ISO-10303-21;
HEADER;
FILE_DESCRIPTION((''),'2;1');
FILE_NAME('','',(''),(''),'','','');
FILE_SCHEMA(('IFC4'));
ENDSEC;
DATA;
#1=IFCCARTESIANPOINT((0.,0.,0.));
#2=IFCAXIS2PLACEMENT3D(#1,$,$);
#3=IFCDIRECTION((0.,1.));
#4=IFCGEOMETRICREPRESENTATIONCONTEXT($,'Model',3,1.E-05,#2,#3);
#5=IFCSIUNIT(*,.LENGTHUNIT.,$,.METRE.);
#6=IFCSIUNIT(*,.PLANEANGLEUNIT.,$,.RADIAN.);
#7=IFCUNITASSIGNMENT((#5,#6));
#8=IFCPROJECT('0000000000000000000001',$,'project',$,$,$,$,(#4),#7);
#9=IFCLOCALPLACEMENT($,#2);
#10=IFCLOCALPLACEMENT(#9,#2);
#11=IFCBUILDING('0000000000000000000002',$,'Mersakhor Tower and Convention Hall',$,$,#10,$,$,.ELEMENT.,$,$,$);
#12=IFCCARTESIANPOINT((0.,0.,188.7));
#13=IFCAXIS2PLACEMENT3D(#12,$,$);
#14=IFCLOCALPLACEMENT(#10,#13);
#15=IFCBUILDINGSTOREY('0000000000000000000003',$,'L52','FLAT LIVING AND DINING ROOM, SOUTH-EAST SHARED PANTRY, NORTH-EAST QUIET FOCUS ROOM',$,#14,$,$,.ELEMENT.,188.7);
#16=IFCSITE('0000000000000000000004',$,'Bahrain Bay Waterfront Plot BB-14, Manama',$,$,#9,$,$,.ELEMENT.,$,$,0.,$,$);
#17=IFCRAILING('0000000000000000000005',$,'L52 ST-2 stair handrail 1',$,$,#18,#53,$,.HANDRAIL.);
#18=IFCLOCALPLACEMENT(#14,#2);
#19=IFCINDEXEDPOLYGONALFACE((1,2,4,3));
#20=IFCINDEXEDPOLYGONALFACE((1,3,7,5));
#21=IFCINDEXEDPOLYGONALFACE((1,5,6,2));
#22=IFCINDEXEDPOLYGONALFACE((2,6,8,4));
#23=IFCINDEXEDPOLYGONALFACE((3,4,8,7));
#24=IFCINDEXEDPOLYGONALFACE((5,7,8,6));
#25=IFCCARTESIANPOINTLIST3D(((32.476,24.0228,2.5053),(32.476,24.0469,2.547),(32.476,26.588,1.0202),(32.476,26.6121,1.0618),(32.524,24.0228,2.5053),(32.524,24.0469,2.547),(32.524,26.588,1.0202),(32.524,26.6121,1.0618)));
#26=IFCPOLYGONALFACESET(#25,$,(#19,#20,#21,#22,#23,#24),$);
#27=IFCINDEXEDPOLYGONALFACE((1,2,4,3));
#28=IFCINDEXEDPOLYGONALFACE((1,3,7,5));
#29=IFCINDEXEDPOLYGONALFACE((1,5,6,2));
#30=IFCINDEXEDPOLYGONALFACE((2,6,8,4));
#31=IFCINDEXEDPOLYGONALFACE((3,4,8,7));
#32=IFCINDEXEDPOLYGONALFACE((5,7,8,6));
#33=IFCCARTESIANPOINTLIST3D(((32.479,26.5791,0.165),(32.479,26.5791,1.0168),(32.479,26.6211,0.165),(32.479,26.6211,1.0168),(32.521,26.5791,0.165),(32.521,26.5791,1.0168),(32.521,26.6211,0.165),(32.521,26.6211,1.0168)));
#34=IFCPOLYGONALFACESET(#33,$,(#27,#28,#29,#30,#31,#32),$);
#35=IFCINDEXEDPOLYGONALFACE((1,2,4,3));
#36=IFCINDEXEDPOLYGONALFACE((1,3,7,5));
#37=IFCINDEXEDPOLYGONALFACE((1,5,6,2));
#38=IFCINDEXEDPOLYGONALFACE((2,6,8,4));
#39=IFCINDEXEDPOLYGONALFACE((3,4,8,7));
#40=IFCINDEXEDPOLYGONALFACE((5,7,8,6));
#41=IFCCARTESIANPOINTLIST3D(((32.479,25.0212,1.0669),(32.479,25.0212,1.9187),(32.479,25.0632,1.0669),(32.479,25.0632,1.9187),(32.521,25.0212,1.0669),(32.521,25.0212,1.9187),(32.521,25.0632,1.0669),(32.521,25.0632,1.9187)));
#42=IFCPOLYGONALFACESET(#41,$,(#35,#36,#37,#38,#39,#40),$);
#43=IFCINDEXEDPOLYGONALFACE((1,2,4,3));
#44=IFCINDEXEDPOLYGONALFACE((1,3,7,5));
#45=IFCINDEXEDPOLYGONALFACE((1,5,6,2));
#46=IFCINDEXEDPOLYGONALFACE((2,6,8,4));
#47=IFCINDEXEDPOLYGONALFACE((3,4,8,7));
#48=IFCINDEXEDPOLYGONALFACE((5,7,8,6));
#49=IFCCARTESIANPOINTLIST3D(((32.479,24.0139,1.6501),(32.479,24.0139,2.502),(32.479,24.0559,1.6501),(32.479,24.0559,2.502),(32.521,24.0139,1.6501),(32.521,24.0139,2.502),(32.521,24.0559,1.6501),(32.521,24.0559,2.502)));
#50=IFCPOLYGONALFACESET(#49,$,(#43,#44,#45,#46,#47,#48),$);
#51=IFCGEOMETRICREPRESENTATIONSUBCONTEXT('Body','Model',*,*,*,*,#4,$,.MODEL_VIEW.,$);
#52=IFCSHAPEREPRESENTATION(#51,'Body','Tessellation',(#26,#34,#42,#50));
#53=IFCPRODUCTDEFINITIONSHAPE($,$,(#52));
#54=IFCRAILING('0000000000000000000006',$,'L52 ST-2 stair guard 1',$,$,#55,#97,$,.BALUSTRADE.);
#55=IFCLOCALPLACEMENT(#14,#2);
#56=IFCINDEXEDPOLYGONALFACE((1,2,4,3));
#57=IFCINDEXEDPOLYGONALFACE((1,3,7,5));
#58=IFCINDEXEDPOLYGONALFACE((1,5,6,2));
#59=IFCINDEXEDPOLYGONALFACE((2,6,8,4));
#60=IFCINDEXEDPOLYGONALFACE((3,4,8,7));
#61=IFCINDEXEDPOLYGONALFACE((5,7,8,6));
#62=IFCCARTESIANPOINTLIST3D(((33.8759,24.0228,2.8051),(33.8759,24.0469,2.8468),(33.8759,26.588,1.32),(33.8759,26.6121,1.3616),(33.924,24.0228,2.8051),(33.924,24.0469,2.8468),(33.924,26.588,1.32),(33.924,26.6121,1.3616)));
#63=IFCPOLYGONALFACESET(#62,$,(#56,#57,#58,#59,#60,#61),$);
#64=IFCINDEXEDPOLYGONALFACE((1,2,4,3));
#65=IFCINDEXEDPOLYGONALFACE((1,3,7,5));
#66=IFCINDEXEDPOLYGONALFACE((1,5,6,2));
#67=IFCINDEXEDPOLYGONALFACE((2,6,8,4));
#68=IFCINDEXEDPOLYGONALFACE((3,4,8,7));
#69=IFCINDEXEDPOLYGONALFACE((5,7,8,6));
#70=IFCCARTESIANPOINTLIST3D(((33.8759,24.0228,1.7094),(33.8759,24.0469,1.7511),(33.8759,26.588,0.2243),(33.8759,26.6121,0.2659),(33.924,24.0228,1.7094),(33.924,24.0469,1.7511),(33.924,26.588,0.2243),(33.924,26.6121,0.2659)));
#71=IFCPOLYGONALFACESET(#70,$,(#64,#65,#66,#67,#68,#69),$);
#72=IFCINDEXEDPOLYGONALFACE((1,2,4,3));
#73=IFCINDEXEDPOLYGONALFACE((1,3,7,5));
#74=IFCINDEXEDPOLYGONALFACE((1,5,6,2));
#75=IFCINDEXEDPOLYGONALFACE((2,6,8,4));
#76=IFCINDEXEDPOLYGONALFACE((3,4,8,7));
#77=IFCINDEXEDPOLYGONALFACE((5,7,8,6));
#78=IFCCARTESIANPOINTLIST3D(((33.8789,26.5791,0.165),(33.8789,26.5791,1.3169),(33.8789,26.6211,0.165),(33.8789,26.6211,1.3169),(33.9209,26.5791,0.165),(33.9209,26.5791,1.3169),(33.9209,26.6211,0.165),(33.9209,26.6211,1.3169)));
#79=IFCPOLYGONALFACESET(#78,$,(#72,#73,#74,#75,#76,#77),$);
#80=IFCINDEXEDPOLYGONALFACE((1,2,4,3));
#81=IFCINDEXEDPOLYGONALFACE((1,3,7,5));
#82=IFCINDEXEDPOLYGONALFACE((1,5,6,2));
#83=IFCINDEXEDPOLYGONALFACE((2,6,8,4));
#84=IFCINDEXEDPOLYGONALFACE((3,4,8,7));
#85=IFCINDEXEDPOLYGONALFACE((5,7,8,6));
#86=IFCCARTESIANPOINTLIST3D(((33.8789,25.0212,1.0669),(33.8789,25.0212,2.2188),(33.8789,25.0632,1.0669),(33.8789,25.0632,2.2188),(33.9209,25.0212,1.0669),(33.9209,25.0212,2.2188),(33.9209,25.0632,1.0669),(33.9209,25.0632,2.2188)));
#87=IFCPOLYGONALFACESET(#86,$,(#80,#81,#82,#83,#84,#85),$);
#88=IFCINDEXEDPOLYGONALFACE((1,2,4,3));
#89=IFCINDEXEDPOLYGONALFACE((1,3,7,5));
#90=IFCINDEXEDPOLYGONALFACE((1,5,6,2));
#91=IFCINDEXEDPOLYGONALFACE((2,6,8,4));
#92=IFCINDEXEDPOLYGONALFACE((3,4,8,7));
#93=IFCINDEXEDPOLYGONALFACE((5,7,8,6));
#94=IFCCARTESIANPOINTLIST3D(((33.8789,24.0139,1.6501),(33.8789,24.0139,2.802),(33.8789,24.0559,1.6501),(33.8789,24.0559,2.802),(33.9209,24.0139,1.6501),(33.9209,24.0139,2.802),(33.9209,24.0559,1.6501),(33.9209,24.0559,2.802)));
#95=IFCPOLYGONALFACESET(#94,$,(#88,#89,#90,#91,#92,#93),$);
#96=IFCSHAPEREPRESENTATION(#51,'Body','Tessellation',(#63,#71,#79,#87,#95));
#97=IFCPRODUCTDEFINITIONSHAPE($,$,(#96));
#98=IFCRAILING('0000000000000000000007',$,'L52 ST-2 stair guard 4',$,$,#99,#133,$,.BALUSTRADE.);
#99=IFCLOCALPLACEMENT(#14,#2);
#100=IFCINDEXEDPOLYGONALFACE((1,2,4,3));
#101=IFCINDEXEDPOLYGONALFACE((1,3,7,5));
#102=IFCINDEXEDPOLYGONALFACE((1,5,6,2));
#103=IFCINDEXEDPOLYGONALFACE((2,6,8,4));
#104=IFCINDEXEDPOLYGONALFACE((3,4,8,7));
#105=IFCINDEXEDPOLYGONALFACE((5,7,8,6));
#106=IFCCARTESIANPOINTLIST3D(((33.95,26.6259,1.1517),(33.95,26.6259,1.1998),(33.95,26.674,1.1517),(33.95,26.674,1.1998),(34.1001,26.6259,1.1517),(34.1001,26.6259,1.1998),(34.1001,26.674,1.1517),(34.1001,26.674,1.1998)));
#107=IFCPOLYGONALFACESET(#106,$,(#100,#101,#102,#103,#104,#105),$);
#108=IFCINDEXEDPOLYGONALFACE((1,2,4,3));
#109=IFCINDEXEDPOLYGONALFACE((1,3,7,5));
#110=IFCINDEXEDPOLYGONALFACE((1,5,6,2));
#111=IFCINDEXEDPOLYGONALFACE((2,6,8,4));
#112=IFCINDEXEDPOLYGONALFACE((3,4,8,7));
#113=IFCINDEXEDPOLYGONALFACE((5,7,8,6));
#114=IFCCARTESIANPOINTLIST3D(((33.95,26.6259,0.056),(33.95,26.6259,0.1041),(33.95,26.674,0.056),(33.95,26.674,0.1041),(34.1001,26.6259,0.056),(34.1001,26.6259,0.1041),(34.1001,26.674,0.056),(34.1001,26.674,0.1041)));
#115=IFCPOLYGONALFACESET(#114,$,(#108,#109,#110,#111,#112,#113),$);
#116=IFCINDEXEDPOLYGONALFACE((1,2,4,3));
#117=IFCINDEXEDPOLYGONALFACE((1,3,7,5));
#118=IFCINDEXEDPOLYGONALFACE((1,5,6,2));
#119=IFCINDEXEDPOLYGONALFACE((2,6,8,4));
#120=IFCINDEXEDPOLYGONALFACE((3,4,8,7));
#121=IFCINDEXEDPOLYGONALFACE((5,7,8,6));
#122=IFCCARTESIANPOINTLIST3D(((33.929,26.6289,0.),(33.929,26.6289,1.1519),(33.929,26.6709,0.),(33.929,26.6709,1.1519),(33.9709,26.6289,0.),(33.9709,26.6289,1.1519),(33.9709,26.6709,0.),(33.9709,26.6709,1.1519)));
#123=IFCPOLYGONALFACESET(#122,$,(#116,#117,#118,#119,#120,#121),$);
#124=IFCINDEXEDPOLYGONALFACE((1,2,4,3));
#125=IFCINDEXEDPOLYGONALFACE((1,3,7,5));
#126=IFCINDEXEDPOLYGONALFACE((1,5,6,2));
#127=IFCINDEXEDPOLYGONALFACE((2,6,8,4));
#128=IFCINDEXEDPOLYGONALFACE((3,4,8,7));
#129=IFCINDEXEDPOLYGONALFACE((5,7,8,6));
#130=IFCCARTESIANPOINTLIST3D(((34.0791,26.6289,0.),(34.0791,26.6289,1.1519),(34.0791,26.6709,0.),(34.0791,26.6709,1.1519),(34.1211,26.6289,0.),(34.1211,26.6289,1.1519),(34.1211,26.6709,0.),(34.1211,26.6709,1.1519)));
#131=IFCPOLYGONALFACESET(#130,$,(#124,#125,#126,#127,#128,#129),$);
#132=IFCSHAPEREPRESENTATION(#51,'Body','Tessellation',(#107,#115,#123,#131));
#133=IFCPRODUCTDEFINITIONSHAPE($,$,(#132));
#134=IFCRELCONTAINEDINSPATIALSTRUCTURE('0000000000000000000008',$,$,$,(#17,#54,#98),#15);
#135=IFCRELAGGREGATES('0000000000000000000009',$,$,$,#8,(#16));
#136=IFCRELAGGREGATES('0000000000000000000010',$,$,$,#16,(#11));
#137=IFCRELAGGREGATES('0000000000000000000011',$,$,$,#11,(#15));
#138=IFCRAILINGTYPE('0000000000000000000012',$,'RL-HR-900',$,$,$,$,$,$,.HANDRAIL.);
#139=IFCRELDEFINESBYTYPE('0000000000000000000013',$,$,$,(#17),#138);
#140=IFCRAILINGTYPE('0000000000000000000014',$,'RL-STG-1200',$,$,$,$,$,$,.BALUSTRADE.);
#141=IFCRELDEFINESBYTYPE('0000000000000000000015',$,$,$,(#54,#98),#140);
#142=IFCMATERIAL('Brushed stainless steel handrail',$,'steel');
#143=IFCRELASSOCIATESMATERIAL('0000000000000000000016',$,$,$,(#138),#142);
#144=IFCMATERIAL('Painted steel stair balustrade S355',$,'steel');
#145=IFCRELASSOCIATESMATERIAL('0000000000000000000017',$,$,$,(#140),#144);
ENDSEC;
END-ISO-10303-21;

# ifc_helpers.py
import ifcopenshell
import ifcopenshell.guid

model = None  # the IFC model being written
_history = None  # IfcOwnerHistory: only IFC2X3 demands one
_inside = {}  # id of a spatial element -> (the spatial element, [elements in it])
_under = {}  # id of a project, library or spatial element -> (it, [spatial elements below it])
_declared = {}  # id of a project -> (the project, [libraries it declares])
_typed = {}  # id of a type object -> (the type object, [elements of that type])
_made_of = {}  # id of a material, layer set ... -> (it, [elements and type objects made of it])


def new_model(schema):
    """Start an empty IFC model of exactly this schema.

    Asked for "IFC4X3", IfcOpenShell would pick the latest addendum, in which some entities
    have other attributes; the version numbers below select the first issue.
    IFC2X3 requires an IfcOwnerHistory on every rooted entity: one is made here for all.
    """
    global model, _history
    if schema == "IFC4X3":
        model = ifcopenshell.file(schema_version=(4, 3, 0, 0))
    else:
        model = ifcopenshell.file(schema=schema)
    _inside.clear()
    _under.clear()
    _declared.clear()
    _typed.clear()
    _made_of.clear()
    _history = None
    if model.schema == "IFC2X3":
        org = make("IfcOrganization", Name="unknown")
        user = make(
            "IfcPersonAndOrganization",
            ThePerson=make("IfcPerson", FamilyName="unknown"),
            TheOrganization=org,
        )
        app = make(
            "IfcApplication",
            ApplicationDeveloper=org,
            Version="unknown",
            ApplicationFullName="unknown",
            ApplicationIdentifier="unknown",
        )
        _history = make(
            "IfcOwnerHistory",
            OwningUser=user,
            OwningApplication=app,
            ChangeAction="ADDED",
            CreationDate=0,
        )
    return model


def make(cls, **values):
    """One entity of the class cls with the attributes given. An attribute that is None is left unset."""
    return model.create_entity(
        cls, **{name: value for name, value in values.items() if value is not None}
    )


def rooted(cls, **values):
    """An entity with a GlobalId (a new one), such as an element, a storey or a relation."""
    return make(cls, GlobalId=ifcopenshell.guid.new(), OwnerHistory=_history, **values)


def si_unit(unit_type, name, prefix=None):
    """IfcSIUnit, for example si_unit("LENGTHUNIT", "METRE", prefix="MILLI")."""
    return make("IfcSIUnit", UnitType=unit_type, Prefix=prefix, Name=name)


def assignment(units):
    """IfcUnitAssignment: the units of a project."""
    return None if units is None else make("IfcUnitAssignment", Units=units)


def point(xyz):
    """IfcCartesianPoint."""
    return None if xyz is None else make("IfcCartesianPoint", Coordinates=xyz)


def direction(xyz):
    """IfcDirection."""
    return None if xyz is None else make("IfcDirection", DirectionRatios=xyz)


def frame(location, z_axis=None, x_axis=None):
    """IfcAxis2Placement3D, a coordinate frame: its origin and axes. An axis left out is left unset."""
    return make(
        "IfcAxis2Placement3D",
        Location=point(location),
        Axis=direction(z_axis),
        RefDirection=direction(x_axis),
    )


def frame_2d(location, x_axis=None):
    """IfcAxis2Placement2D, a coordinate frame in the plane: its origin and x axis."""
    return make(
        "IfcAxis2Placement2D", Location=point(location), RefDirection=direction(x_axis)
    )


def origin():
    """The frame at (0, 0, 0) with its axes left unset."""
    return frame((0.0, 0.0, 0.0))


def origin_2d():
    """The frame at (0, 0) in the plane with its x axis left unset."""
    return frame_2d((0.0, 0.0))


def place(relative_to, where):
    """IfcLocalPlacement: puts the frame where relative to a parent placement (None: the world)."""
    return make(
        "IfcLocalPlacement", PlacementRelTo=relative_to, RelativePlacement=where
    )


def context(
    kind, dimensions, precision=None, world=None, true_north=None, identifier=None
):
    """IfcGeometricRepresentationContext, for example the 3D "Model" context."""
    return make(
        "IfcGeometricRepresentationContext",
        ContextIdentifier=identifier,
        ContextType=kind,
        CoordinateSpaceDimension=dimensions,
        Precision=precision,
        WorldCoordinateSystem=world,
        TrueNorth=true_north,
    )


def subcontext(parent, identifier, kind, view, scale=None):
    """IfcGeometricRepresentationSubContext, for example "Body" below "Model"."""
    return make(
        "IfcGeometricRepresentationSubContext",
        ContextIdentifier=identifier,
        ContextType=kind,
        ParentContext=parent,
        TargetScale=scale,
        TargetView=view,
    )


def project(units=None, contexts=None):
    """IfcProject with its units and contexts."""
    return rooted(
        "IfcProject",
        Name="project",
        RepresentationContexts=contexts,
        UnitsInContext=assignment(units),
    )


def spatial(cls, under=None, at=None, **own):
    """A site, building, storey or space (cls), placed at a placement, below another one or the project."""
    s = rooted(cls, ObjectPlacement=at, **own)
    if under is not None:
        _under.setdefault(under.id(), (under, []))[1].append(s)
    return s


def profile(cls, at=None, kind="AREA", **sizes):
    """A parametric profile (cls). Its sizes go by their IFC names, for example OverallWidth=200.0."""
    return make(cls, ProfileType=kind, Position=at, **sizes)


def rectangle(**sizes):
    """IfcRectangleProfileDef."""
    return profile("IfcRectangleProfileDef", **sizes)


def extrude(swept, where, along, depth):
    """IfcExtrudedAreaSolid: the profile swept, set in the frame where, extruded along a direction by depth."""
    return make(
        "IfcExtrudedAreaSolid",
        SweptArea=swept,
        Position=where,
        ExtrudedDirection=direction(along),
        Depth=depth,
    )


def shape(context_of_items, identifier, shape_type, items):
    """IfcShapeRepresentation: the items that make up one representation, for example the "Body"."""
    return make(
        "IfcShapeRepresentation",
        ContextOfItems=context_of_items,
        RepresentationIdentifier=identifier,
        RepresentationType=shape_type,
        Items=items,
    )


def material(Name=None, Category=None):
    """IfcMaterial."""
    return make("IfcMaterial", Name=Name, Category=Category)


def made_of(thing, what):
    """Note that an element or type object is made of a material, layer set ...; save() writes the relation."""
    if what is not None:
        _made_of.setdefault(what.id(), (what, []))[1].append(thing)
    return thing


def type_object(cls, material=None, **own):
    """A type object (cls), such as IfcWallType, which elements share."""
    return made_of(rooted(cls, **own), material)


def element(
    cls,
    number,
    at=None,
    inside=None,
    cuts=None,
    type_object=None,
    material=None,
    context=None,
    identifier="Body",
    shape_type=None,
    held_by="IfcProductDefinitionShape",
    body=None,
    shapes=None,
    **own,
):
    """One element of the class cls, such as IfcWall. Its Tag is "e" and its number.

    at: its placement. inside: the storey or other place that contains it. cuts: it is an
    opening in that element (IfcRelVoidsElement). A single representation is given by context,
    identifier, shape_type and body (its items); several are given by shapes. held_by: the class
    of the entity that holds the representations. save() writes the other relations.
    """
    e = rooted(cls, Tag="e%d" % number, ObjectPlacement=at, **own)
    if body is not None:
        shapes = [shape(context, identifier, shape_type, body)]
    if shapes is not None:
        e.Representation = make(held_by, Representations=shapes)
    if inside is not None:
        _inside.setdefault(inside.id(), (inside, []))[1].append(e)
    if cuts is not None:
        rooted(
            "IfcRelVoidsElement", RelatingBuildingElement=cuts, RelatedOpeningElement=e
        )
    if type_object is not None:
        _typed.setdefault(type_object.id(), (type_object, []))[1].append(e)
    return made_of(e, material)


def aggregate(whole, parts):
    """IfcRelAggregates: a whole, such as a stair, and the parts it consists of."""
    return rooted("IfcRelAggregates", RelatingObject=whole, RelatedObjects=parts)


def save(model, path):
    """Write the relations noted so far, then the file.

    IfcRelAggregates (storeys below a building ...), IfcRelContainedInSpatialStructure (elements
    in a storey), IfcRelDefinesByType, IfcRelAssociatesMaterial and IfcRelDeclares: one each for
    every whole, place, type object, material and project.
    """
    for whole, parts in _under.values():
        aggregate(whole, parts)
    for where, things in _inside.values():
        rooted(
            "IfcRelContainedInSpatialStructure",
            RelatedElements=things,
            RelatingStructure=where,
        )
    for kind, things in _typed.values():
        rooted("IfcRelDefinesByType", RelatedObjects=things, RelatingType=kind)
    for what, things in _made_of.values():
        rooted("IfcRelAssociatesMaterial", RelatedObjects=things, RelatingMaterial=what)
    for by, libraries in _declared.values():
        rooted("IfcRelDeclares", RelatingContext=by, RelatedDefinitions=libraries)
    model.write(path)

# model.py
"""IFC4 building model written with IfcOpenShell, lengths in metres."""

from ifc_helpers import new_model, si_unit, direction, frame, origin, origin_2d, place, context, subcontext, project, spatial, rectangle, extrude, material, type_object, element, save


model = new_model("IFC4")

# Units and contexts
model_context = context("Model", 3, precision=1e-05, world=origin(), true_north=direction((0.0, 1.0)))
body_context = subcontext(model_context, "Body", "Model", "MODEL_VIEW")
ifc_project = project(units=[si_unit("LENGTHUNIT", "METRE"), si_unit("PLANEANGLEUNIT", "RADIAN")], contexts=[model_context])

# Site, building, storey
site_placement = place(None, origin())
site = spatial("IfcSite", under=ifc_project, at=site_placement, Name="Bahrain Bay Waterfront Plot BB-14, Manama", CompositionType="ELEMENT", RefElevation=0.0)
building_placement = place(site_placement, origin())
building = spatial("IfcBuilding", under=site, at=building_placement, Name="Mersakhor Tower and Convention Hall", CompositionType="ELEMENT")
storey_placement = place(building_placement, frame((0.0, 0.0, 188.7)))
storey = spatial("IfcBuildingStorey", under=building, at=storey_placement, Name="L52", Description="FLAT LIVING AND DINING ROOM, SOUTH-EAST SHARED PANTRY, NORTH-EAST QUIET FOCUS ROOM", CompositionType="ELEMENT", Elevation=188.7)

# Railings
ifc_material_1 = material(Name="Brushed stainless steel handrail", Category="steel")
railing_type_1 = type_object("IfcRailingType", Name="RL-HR-900", PredefinedType="HANDRAIL", material=ifc_material_1)
railing_1_placement = place(storey_placement, frame((32.5, 26.6001, 0.165)))
element("IfcRailing", 1, at=railing_1_placement, inside=storey, type_object=railing_type_1, Name="L52 ST-2 stair handrail 1", PredefinedType="HANDRAIL", context=body_context, shape_type="SweptSolid", body=[
    extrude(rectangle(XDim=0.0481, YDim=0.0481, at=origin_2d()), frame((0.0, 0.0, 0.876), z_axis=(0.0, -0.865426, 0.501036), x_axis=(1.0, 0.0, 0.0)), (0.0, 0.0, 1.0), 2.9641),
    extrude(rectangle(XDim=0.042, YDim=0.042, at=origin_2d()), origin(), (0.0, 0.0, 1.0), 0.8518),
    extrude(rectangle(XDim=0.042, YDim=0.042, at=origin_2d()), frame((0.0, -1.5579, 0.9019)), (0.0, 0.0, 1.0), 0.8518),
    extrude(rectangle(XDim=0.042, YDim=0.042, at=origin_2d()), frame((0.0, -2.5652, 1.4851)), (0.0, 0.0, 1.0), 0.8518),
])
ifc_material_2 = material(Name="Painted steel stair balustrade S355", Category="steel")
railing_type_2 = type_object("IfcRailingType", Name="RL-STG-1200", PredefinedType="BALUSTRADE", material=ifc_material_2)
railing_2_placement = place(storey_placement, frame((33.8999, 26.6001, 0.165)))
element("IfcRailing", 2, at=railing_2_placement, inside=storey, type_object=railing_type_2, Name="L52 ST-2 stair guard 1", PredefinedType="BALUSTRADE", context=body_context, shape_type="SweptSolid", body=[
    extrude(rectangle(XDim=0.0481, YDim=0.0481, at=origin_2d()), frame((0.0, 0.0, 1.1758), z_axis=(0.0, -0.865426, 0.501036), x_axis=(1.0, 0.0, 0.0)), (0.0, 0.0, 1.0), 2.9641),
    extrude(rectangle(XDim=0.0481, YDim=0.0481, at=origin_2d()), frame((0.0, 0.0, 0.0801), z_axis=(0.0, -0.865426, 0.501036), x_axis=(1.0, 0.0, 0.0)), (0.0, 0.0, 1.0), 2.9641),
    extrude(rectangle(XDim=0.042, YDim=0.042, at=origin_2d()), origin(), (0.0, 0.0, 1.0), 1.1519),
    extrude(rectangle(XDim=0.042, YDim=0.042, at=origin_2d()), frame((0.0, -1.5579, 0.9019)), (0.0, 0.0, 1.0), 1.1519),
    extrude(rectangle(XDim=0.042, YDim=0.042, at=origin_2d()), frame((0.0, -2.5652, 1.4851)), (0.0, 0.0, 1.0), 1.1519),
])
railing_3_placement = place(storey_placement, frame((33.95, 26.6499, 0.0)))
element("IfcRailing", 3, at=railing_3_placement, inside=storey, type_object=railing_type_2, Name="L52 ST-2 stair guard 4", PredefinedType="BALUSTRADE", context=body_context, shape_type="SweptSolid", body=[
    extrude(rectangle(XDim=0.0481, YDim=0.0481, at=origin_2d()), frame((0.0, 0.0, 1.1758), z_axis=(1.0, 0.0, 0.0), x_axis=(0.0, 1.0, 0.0)), (0.0, 0.0, 1.0), 0.1501),
    extrude(rectangle(XDim=0.0481, YDim=0.0481, at=origin_2d()), frame((0.0, 0.0, 0.0801), z_axis=(1.0, 0.0, 0.0), x_axis=(0.0, 1.0, 0.0)), (0.0, 0.0, 1.0), 0.1501),
    extrude(rectangle(XDim=0.042, YDim=0.042, at=origin_2d()), origin(), (0.0, 0.0, 1.0), 1.1519),
    extrude(rectangle(XDim=0.042, YDim=0.042, at=origin_2d()), frame((0.1501, 0.0, 0.0)), (0.0, 0.0, 1.0), 1.1519),
])

save(model, "model.ifc")
